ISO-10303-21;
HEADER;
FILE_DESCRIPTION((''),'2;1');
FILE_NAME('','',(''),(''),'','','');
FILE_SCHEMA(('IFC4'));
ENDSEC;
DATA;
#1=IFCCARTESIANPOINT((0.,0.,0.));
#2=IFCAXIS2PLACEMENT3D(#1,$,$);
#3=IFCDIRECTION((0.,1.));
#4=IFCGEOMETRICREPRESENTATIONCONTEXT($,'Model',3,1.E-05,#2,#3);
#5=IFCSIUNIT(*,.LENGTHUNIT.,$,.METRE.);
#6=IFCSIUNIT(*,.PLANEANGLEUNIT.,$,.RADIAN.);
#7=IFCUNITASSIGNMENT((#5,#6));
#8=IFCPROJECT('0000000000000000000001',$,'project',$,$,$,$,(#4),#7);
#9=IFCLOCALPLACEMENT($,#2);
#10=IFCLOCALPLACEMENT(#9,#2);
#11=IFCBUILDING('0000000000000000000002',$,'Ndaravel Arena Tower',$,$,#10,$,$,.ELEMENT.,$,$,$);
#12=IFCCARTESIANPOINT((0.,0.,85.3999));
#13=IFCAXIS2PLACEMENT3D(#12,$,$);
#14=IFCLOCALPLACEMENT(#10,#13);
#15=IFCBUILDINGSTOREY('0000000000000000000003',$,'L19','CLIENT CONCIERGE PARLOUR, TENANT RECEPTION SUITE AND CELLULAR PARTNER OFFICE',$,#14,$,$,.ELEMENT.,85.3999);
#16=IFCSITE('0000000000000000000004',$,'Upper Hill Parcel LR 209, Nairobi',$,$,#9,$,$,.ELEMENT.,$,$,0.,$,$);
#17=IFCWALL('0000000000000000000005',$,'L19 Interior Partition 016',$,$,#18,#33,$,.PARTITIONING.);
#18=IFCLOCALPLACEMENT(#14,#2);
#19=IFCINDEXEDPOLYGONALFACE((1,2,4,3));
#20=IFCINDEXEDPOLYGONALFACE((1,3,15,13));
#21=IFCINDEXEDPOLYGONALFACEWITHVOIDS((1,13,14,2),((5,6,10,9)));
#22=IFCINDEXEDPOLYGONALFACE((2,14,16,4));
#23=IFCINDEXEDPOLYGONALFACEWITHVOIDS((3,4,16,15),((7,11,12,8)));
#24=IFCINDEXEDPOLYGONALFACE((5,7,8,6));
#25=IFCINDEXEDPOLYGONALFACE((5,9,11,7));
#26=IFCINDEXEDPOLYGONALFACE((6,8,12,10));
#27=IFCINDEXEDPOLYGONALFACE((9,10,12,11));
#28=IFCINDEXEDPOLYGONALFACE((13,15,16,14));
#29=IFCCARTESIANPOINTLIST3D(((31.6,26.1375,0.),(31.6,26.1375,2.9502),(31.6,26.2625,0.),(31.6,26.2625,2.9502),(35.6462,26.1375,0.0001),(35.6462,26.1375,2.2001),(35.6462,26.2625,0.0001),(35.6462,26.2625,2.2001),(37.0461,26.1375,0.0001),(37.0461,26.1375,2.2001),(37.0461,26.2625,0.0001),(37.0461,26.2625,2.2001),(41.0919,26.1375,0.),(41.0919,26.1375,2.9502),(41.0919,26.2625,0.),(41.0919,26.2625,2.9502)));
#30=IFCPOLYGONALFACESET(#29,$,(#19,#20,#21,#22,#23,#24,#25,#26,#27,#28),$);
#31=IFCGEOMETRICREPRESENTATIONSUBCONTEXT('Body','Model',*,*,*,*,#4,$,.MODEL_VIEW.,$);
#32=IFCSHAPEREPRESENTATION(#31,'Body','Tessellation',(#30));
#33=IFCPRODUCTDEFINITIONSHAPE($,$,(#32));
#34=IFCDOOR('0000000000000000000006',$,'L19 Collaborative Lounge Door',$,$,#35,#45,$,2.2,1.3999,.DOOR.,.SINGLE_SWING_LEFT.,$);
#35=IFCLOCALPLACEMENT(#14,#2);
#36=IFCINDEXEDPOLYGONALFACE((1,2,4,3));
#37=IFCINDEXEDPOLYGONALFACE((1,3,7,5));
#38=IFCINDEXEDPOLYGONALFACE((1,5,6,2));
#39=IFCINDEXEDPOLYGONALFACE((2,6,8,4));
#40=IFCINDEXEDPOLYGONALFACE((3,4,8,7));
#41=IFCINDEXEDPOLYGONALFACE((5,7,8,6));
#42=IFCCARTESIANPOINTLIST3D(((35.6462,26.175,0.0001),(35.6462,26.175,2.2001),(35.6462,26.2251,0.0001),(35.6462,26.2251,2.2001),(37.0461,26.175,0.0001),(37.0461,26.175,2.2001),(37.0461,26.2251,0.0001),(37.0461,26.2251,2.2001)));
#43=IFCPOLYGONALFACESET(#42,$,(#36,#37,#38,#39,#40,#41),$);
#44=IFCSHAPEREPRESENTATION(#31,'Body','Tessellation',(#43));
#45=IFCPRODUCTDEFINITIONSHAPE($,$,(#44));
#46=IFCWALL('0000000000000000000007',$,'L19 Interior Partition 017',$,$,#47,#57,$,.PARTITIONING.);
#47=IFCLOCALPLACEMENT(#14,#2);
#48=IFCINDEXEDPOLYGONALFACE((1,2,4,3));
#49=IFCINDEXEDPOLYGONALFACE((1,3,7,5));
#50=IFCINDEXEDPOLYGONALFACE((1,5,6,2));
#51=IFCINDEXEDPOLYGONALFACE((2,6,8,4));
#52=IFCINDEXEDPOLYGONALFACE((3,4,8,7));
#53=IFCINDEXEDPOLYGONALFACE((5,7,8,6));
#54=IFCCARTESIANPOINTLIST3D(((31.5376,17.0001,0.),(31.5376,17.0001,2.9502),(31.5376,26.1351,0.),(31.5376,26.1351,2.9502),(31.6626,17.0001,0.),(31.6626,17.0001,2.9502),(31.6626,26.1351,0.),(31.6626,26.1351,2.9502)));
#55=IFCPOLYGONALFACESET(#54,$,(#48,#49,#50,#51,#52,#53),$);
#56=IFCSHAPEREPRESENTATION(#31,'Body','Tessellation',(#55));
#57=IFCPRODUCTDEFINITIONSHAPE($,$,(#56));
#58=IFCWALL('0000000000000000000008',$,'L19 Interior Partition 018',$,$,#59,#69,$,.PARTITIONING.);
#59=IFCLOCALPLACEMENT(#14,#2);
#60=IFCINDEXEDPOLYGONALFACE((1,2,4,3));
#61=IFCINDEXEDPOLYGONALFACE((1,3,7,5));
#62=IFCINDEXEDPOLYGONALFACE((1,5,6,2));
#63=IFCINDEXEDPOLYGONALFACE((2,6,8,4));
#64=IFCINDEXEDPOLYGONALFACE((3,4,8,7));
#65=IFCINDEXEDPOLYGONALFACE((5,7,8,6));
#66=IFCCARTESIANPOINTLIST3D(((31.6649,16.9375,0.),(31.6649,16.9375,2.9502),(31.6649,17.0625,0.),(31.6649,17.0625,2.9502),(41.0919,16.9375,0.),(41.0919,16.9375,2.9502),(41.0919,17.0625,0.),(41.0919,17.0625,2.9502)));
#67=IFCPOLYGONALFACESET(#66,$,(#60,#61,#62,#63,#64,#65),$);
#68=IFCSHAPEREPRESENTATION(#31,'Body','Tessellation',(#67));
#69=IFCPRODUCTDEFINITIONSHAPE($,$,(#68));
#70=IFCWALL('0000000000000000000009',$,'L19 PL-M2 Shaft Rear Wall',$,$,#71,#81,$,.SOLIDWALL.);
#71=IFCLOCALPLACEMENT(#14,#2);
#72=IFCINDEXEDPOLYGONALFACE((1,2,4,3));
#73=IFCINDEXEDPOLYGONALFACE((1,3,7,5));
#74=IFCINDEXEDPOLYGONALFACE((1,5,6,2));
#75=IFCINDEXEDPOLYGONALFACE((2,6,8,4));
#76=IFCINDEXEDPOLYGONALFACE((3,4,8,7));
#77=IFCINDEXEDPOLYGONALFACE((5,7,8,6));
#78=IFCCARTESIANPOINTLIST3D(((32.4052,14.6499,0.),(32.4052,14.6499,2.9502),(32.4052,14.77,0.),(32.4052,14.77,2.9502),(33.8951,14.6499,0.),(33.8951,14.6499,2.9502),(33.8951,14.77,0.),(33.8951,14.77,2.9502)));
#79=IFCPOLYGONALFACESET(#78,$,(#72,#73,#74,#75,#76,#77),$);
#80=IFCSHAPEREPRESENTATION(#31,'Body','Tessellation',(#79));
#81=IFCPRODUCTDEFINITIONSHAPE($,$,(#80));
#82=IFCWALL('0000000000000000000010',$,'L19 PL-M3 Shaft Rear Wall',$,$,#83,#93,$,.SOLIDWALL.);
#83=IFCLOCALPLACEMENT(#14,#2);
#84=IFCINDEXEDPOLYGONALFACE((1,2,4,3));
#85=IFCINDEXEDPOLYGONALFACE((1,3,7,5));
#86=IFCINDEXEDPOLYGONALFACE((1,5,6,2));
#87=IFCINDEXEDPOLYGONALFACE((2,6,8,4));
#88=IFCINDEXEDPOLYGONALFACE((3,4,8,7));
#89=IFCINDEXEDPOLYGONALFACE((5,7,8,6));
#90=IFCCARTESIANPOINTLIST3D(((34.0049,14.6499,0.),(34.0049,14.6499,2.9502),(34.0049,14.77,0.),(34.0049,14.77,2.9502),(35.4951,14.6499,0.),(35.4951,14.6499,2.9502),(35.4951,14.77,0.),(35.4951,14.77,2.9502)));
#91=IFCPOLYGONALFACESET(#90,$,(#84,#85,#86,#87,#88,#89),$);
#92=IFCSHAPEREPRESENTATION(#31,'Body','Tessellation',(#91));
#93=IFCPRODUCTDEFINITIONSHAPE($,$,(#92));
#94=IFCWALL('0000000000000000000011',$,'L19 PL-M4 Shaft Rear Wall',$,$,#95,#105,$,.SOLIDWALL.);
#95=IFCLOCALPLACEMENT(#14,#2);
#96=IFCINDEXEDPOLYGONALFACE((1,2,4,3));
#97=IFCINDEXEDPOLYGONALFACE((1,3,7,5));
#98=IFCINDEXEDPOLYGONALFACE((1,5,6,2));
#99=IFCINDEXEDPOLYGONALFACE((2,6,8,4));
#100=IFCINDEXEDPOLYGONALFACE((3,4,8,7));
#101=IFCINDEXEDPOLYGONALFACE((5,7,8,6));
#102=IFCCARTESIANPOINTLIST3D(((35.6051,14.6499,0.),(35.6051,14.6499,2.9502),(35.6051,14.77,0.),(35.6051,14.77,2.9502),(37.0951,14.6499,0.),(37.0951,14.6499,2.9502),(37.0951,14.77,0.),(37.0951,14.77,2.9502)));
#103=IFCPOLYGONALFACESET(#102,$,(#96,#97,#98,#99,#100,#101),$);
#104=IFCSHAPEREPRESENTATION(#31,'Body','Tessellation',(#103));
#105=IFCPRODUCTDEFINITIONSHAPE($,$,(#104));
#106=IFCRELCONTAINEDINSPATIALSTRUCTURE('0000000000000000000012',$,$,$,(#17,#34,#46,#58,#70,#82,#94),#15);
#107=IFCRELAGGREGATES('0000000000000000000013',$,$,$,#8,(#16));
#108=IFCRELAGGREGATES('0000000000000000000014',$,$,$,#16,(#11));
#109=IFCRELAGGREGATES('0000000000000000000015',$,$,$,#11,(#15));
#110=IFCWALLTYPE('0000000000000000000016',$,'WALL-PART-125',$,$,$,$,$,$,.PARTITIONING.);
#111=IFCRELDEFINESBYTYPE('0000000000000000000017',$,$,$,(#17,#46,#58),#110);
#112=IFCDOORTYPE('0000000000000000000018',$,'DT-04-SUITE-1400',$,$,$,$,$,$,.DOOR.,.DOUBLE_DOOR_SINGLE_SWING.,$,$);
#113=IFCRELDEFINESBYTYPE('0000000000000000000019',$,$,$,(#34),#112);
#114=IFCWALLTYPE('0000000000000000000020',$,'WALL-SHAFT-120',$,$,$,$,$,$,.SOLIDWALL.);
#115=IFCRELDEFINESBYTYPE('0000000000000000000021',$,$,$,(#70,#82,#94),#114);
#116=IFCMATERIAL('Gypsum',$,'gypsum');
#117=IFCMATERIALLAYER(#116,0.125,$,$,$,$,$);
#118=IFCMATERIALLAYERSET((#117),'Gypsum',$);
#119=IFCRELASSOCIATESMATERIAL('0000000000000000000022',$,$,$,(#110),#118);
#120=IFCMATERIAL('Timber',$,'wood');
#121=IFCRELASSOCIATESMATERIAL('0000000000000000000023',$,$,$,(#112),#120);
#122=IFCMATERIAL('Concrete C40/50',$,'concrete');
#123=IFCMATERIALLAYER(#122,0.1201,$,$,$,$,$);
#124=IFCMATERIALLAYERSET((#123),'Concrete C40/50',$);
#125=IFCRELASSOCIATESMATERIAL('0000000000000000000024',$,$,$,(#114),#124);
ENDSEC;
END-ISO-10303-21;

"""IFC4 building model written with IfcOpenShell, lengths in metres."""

from ifc_helpers import new_model, si_unit, direction, frame, frame_2d, origin, place, context, subcontext, project, spatial, rectangle, extrude, material, layer, layer_set, type_object, element, fill, save


model = new_model("IFC4")

# Units and contexts
model_context = context("Model", 3, precision=1e-05, world=origin(), true_north=direction((0.0, 1.0)))
body_context = subcontext(model_context, "Body", "Model", "MODEL_VIEW")
ifc_project = project(units=[si_unit("LENGTHUNIT", "METRE"), si_unit("PLANEANGLEUNIT", "RADIAN")], contexts=[model_context])

# Site, building, storey
site_placement = place(None, origin())
site = spatial("IfcSite", under=ifc_project, at=site_placement, Name="Upper Hill Parcel LR 209, Nairobi", CompositionType="ELEMENT", RefElevation=0.0)
building_placement = place(site_placement, origin())
building = spatial("IfcBuilding", under=site, at=building_placement, Name="Ndaravel Arena Tower", CompositionType="ELEMENT")
storey_placement = place(building_placement, frame((0.0, 0.0, 85.3999)))
storey = spatial("IfcBuildingStorey", under=building, at=storey_placement, Name="L19", Description="CLIENT CONCIERGE PARLOUR, TENANT RECEPTION SUITE AND CELLULAR PARTNER OFFICE", CompositionType="ELEMENT", Elevation=85.3999)

# Wall, opening, door
ifc_material_1 = material(Name="Gypsum", Category="gypsum")
ifc_layer_1 = layer(ifc_material_1, 0.125)
ifc_layer_set_1 = layer_set([ifc_layer_1], Name="Gypsum")
wall_type_1 = type_object("IfcWallType", Name="WALL-PART-125", PredefinedType="PARTITIONING", material=ifc_layer_set_1)
wall_1_placement = place(storey_placement, frame((41.092, 26.2, 0.0), z_axis=(0.0, 0.0, 1.0), x_axis=(-1.0, 0.0, 0.0)))
wall_1 = element("IfcWall", 1, at=wall_1_placement, inside=storey, type_object=wall_type_1, Name="L19 Interior Partition 016", PredefinedType="PARTITIONING", context=body_context, shape_type="SweptSolid", body=[
    extrude(rectangle(XDim=9.4919, YDim=0.125, at=frame_2d((4.7461, 0.0))), origin(), (0.0, 0.0, 1.0), 2.9502),
])
opening_placement = place(wall_1_placement, frame((4.0459, 0.0, 0.0)))
opening = element("IfcOpeningElement", 2, at=opening_placement, cuts=wall_1, PredefinedType="OPENING", context=body_context, shape_type="SweptSolid", body=[
    extrude(rectangle(XDim=1.3999, YDim=2.2, at=frame_2d((0.7, 1.1001))), frame((0.0, 0.0625, 0.0), z_axis=(0.0, -1.0, 0.0), x_axis=(1.0, 0.0, 0.0)), (0.0, 0.0, 1.0), 0.125),
])
ifc_material_2 = material(Name="Timber", Category="wood")
door_type = type_object("IfcDoorType", Name="DT-04-SUITE-1400", OperationType="DOUBLE_DOOR_SINGLE_SWING", PredefinedType="DOOR", material=ifc_material_2)
door_placement = place(opening_placement, origin())
door = element("IfcDoor", 3, at=door_placement, inside=storey, type_object=door_type, Name="L19 Collaborative Lounge Door", OperationType="SINGLE_SWING_LEFT", OverallHeight=2.2, OverallWidth=1.3999, PredefinedType="DOOR", context=body_context, shape_type="SweptSolid", body=[
    extrude(rectangle(XDim=1.3999, YDim=2.2, at=frame_2d((0.7, 1.1001))), frame((0.0, 0.0249, 0.0), z_axis=(0.0, -1.0, 0.0), x_axis=(1.0, 0.0, 0.0)), (0.0, 0.0, 1.0), 0.05),
])
fill(opening, door)

# Walls
wall_2_placement = place(storey_placement, frame((31.6001, 26.135, 0.0), z_axis=(0.0, 0.0, 1.0), x_axis=(0.0, -1.0, 0.0)))
element("IfcWall", 4, at=wall_2_placement, inside=storey, type_object=wall_type_1, Name="L19 Interior Partition 017", PredefinedType="PARTITIONING", context=body_context, shape_type="SweptSolid", body=[
    extrude(rectangle(XDim=9.135, YDim=0.125, at=frame_2d((4.5674, 0.0))), origin(), (0.0, 0.0, 1.0), 2.9502),
])
wall_3_placement = place(storey_placement, frame((31.665, 17.0, 0.0), z_axis=(0.0, 0.0, 1.0), x_axis=(1.0, 0.0, 0.0)))
element("IfcWall", 5, at=wall_3_placement, inside=storey, type_object=wall_type_1, Name="L19 Interior Partition 018", PredefinedType="PARTITIONING", context=body_context, shape_type="SweptSolid", body=[
    extrude(rectangle(XDim=9.427, YDim=0.125, at=frame_2d((4.7134, 0.0))), origin(), (0.0, 0.0, 1.0), 2.9502),
])
ifc_material_3 = material(Name="Concrete C40/50", Category="concrete")
ifc_layer_2 = layer(ifc_material_3, 0.1201)
ifc_layer_set_2 = layer_set([ifc_layer_2], Name="Concrete C40/50")
wall_type_2 = type_object("IfcWallType", Name="WALL-SHAFT-120", PredefinedType="SOLIDWALL", material=ifc_layer_set_2)
wall_4_placement = place(storey_placement, frame((32.405, 14.71, 0.0), z_axis=(0.0, 0.0, 1.0), x_axis=(1.0, 0.0, 0.0)))
element("IfcWall", 6, at=wall_4_placement, inside=storey, type_object=wall_type_2, Name="L19 PL-M2 Shaft Rear Wall", PredefinedType="SOLIDWALL", context=body_context, shape_type="SweptSolid", body=[
    extrude(rectangle(XDim=1.49, YDim=0.1201, at=frame_2d((0.7451, 0.0))), origin(), (0.0, 0.0, 1.0), 2.9502),
])
wall_5_placement = place(storey_placement, frame((34.0049, 14.71, 0.0), z_axis=(0.0, 0.0, 1.0), x_axis=(1.0, 0.0, 0.0)))
element("IfcWall", 7, at=wall_5_placement, inside=storey, type_object=wall_type_2, Name="L19 PL-M3 Shaft Rear Wall", PredefinedType="SOLIDWALL", context=body_context, shape_type="SweptSolid", body=[
    extrude(rectangle(XDim=1.4902, YDim=0.1201, at=frame_2d((0.7451, 0.0))), origin(), (0.0, 0.0, 1.0), 2.9502),
])
wall_6_placement = place(storey_placement, frame((35.605, 14.71, 0.0), z_axis=(0.0, 0.0, 1.0), x_axis=(1.0, 0.0, 0.0)))
element("IfcWall", 8, at=wall_6_placement, inside=storey, type_object=wall_type_2, Name="L19 PL-M4 Shaft Rear Wall", PredefinedType="SOLIDWALL", context=body_context, shape_type="SweptSolid", body=[
    extrude(rectangle(XDim=1.49, YDim=0.1201, at=frame_2d((0.7451, 0.0))), origin(), (0.0, 0.0, 1.0), 2.9502),
])

save(model, "model.ifc")
